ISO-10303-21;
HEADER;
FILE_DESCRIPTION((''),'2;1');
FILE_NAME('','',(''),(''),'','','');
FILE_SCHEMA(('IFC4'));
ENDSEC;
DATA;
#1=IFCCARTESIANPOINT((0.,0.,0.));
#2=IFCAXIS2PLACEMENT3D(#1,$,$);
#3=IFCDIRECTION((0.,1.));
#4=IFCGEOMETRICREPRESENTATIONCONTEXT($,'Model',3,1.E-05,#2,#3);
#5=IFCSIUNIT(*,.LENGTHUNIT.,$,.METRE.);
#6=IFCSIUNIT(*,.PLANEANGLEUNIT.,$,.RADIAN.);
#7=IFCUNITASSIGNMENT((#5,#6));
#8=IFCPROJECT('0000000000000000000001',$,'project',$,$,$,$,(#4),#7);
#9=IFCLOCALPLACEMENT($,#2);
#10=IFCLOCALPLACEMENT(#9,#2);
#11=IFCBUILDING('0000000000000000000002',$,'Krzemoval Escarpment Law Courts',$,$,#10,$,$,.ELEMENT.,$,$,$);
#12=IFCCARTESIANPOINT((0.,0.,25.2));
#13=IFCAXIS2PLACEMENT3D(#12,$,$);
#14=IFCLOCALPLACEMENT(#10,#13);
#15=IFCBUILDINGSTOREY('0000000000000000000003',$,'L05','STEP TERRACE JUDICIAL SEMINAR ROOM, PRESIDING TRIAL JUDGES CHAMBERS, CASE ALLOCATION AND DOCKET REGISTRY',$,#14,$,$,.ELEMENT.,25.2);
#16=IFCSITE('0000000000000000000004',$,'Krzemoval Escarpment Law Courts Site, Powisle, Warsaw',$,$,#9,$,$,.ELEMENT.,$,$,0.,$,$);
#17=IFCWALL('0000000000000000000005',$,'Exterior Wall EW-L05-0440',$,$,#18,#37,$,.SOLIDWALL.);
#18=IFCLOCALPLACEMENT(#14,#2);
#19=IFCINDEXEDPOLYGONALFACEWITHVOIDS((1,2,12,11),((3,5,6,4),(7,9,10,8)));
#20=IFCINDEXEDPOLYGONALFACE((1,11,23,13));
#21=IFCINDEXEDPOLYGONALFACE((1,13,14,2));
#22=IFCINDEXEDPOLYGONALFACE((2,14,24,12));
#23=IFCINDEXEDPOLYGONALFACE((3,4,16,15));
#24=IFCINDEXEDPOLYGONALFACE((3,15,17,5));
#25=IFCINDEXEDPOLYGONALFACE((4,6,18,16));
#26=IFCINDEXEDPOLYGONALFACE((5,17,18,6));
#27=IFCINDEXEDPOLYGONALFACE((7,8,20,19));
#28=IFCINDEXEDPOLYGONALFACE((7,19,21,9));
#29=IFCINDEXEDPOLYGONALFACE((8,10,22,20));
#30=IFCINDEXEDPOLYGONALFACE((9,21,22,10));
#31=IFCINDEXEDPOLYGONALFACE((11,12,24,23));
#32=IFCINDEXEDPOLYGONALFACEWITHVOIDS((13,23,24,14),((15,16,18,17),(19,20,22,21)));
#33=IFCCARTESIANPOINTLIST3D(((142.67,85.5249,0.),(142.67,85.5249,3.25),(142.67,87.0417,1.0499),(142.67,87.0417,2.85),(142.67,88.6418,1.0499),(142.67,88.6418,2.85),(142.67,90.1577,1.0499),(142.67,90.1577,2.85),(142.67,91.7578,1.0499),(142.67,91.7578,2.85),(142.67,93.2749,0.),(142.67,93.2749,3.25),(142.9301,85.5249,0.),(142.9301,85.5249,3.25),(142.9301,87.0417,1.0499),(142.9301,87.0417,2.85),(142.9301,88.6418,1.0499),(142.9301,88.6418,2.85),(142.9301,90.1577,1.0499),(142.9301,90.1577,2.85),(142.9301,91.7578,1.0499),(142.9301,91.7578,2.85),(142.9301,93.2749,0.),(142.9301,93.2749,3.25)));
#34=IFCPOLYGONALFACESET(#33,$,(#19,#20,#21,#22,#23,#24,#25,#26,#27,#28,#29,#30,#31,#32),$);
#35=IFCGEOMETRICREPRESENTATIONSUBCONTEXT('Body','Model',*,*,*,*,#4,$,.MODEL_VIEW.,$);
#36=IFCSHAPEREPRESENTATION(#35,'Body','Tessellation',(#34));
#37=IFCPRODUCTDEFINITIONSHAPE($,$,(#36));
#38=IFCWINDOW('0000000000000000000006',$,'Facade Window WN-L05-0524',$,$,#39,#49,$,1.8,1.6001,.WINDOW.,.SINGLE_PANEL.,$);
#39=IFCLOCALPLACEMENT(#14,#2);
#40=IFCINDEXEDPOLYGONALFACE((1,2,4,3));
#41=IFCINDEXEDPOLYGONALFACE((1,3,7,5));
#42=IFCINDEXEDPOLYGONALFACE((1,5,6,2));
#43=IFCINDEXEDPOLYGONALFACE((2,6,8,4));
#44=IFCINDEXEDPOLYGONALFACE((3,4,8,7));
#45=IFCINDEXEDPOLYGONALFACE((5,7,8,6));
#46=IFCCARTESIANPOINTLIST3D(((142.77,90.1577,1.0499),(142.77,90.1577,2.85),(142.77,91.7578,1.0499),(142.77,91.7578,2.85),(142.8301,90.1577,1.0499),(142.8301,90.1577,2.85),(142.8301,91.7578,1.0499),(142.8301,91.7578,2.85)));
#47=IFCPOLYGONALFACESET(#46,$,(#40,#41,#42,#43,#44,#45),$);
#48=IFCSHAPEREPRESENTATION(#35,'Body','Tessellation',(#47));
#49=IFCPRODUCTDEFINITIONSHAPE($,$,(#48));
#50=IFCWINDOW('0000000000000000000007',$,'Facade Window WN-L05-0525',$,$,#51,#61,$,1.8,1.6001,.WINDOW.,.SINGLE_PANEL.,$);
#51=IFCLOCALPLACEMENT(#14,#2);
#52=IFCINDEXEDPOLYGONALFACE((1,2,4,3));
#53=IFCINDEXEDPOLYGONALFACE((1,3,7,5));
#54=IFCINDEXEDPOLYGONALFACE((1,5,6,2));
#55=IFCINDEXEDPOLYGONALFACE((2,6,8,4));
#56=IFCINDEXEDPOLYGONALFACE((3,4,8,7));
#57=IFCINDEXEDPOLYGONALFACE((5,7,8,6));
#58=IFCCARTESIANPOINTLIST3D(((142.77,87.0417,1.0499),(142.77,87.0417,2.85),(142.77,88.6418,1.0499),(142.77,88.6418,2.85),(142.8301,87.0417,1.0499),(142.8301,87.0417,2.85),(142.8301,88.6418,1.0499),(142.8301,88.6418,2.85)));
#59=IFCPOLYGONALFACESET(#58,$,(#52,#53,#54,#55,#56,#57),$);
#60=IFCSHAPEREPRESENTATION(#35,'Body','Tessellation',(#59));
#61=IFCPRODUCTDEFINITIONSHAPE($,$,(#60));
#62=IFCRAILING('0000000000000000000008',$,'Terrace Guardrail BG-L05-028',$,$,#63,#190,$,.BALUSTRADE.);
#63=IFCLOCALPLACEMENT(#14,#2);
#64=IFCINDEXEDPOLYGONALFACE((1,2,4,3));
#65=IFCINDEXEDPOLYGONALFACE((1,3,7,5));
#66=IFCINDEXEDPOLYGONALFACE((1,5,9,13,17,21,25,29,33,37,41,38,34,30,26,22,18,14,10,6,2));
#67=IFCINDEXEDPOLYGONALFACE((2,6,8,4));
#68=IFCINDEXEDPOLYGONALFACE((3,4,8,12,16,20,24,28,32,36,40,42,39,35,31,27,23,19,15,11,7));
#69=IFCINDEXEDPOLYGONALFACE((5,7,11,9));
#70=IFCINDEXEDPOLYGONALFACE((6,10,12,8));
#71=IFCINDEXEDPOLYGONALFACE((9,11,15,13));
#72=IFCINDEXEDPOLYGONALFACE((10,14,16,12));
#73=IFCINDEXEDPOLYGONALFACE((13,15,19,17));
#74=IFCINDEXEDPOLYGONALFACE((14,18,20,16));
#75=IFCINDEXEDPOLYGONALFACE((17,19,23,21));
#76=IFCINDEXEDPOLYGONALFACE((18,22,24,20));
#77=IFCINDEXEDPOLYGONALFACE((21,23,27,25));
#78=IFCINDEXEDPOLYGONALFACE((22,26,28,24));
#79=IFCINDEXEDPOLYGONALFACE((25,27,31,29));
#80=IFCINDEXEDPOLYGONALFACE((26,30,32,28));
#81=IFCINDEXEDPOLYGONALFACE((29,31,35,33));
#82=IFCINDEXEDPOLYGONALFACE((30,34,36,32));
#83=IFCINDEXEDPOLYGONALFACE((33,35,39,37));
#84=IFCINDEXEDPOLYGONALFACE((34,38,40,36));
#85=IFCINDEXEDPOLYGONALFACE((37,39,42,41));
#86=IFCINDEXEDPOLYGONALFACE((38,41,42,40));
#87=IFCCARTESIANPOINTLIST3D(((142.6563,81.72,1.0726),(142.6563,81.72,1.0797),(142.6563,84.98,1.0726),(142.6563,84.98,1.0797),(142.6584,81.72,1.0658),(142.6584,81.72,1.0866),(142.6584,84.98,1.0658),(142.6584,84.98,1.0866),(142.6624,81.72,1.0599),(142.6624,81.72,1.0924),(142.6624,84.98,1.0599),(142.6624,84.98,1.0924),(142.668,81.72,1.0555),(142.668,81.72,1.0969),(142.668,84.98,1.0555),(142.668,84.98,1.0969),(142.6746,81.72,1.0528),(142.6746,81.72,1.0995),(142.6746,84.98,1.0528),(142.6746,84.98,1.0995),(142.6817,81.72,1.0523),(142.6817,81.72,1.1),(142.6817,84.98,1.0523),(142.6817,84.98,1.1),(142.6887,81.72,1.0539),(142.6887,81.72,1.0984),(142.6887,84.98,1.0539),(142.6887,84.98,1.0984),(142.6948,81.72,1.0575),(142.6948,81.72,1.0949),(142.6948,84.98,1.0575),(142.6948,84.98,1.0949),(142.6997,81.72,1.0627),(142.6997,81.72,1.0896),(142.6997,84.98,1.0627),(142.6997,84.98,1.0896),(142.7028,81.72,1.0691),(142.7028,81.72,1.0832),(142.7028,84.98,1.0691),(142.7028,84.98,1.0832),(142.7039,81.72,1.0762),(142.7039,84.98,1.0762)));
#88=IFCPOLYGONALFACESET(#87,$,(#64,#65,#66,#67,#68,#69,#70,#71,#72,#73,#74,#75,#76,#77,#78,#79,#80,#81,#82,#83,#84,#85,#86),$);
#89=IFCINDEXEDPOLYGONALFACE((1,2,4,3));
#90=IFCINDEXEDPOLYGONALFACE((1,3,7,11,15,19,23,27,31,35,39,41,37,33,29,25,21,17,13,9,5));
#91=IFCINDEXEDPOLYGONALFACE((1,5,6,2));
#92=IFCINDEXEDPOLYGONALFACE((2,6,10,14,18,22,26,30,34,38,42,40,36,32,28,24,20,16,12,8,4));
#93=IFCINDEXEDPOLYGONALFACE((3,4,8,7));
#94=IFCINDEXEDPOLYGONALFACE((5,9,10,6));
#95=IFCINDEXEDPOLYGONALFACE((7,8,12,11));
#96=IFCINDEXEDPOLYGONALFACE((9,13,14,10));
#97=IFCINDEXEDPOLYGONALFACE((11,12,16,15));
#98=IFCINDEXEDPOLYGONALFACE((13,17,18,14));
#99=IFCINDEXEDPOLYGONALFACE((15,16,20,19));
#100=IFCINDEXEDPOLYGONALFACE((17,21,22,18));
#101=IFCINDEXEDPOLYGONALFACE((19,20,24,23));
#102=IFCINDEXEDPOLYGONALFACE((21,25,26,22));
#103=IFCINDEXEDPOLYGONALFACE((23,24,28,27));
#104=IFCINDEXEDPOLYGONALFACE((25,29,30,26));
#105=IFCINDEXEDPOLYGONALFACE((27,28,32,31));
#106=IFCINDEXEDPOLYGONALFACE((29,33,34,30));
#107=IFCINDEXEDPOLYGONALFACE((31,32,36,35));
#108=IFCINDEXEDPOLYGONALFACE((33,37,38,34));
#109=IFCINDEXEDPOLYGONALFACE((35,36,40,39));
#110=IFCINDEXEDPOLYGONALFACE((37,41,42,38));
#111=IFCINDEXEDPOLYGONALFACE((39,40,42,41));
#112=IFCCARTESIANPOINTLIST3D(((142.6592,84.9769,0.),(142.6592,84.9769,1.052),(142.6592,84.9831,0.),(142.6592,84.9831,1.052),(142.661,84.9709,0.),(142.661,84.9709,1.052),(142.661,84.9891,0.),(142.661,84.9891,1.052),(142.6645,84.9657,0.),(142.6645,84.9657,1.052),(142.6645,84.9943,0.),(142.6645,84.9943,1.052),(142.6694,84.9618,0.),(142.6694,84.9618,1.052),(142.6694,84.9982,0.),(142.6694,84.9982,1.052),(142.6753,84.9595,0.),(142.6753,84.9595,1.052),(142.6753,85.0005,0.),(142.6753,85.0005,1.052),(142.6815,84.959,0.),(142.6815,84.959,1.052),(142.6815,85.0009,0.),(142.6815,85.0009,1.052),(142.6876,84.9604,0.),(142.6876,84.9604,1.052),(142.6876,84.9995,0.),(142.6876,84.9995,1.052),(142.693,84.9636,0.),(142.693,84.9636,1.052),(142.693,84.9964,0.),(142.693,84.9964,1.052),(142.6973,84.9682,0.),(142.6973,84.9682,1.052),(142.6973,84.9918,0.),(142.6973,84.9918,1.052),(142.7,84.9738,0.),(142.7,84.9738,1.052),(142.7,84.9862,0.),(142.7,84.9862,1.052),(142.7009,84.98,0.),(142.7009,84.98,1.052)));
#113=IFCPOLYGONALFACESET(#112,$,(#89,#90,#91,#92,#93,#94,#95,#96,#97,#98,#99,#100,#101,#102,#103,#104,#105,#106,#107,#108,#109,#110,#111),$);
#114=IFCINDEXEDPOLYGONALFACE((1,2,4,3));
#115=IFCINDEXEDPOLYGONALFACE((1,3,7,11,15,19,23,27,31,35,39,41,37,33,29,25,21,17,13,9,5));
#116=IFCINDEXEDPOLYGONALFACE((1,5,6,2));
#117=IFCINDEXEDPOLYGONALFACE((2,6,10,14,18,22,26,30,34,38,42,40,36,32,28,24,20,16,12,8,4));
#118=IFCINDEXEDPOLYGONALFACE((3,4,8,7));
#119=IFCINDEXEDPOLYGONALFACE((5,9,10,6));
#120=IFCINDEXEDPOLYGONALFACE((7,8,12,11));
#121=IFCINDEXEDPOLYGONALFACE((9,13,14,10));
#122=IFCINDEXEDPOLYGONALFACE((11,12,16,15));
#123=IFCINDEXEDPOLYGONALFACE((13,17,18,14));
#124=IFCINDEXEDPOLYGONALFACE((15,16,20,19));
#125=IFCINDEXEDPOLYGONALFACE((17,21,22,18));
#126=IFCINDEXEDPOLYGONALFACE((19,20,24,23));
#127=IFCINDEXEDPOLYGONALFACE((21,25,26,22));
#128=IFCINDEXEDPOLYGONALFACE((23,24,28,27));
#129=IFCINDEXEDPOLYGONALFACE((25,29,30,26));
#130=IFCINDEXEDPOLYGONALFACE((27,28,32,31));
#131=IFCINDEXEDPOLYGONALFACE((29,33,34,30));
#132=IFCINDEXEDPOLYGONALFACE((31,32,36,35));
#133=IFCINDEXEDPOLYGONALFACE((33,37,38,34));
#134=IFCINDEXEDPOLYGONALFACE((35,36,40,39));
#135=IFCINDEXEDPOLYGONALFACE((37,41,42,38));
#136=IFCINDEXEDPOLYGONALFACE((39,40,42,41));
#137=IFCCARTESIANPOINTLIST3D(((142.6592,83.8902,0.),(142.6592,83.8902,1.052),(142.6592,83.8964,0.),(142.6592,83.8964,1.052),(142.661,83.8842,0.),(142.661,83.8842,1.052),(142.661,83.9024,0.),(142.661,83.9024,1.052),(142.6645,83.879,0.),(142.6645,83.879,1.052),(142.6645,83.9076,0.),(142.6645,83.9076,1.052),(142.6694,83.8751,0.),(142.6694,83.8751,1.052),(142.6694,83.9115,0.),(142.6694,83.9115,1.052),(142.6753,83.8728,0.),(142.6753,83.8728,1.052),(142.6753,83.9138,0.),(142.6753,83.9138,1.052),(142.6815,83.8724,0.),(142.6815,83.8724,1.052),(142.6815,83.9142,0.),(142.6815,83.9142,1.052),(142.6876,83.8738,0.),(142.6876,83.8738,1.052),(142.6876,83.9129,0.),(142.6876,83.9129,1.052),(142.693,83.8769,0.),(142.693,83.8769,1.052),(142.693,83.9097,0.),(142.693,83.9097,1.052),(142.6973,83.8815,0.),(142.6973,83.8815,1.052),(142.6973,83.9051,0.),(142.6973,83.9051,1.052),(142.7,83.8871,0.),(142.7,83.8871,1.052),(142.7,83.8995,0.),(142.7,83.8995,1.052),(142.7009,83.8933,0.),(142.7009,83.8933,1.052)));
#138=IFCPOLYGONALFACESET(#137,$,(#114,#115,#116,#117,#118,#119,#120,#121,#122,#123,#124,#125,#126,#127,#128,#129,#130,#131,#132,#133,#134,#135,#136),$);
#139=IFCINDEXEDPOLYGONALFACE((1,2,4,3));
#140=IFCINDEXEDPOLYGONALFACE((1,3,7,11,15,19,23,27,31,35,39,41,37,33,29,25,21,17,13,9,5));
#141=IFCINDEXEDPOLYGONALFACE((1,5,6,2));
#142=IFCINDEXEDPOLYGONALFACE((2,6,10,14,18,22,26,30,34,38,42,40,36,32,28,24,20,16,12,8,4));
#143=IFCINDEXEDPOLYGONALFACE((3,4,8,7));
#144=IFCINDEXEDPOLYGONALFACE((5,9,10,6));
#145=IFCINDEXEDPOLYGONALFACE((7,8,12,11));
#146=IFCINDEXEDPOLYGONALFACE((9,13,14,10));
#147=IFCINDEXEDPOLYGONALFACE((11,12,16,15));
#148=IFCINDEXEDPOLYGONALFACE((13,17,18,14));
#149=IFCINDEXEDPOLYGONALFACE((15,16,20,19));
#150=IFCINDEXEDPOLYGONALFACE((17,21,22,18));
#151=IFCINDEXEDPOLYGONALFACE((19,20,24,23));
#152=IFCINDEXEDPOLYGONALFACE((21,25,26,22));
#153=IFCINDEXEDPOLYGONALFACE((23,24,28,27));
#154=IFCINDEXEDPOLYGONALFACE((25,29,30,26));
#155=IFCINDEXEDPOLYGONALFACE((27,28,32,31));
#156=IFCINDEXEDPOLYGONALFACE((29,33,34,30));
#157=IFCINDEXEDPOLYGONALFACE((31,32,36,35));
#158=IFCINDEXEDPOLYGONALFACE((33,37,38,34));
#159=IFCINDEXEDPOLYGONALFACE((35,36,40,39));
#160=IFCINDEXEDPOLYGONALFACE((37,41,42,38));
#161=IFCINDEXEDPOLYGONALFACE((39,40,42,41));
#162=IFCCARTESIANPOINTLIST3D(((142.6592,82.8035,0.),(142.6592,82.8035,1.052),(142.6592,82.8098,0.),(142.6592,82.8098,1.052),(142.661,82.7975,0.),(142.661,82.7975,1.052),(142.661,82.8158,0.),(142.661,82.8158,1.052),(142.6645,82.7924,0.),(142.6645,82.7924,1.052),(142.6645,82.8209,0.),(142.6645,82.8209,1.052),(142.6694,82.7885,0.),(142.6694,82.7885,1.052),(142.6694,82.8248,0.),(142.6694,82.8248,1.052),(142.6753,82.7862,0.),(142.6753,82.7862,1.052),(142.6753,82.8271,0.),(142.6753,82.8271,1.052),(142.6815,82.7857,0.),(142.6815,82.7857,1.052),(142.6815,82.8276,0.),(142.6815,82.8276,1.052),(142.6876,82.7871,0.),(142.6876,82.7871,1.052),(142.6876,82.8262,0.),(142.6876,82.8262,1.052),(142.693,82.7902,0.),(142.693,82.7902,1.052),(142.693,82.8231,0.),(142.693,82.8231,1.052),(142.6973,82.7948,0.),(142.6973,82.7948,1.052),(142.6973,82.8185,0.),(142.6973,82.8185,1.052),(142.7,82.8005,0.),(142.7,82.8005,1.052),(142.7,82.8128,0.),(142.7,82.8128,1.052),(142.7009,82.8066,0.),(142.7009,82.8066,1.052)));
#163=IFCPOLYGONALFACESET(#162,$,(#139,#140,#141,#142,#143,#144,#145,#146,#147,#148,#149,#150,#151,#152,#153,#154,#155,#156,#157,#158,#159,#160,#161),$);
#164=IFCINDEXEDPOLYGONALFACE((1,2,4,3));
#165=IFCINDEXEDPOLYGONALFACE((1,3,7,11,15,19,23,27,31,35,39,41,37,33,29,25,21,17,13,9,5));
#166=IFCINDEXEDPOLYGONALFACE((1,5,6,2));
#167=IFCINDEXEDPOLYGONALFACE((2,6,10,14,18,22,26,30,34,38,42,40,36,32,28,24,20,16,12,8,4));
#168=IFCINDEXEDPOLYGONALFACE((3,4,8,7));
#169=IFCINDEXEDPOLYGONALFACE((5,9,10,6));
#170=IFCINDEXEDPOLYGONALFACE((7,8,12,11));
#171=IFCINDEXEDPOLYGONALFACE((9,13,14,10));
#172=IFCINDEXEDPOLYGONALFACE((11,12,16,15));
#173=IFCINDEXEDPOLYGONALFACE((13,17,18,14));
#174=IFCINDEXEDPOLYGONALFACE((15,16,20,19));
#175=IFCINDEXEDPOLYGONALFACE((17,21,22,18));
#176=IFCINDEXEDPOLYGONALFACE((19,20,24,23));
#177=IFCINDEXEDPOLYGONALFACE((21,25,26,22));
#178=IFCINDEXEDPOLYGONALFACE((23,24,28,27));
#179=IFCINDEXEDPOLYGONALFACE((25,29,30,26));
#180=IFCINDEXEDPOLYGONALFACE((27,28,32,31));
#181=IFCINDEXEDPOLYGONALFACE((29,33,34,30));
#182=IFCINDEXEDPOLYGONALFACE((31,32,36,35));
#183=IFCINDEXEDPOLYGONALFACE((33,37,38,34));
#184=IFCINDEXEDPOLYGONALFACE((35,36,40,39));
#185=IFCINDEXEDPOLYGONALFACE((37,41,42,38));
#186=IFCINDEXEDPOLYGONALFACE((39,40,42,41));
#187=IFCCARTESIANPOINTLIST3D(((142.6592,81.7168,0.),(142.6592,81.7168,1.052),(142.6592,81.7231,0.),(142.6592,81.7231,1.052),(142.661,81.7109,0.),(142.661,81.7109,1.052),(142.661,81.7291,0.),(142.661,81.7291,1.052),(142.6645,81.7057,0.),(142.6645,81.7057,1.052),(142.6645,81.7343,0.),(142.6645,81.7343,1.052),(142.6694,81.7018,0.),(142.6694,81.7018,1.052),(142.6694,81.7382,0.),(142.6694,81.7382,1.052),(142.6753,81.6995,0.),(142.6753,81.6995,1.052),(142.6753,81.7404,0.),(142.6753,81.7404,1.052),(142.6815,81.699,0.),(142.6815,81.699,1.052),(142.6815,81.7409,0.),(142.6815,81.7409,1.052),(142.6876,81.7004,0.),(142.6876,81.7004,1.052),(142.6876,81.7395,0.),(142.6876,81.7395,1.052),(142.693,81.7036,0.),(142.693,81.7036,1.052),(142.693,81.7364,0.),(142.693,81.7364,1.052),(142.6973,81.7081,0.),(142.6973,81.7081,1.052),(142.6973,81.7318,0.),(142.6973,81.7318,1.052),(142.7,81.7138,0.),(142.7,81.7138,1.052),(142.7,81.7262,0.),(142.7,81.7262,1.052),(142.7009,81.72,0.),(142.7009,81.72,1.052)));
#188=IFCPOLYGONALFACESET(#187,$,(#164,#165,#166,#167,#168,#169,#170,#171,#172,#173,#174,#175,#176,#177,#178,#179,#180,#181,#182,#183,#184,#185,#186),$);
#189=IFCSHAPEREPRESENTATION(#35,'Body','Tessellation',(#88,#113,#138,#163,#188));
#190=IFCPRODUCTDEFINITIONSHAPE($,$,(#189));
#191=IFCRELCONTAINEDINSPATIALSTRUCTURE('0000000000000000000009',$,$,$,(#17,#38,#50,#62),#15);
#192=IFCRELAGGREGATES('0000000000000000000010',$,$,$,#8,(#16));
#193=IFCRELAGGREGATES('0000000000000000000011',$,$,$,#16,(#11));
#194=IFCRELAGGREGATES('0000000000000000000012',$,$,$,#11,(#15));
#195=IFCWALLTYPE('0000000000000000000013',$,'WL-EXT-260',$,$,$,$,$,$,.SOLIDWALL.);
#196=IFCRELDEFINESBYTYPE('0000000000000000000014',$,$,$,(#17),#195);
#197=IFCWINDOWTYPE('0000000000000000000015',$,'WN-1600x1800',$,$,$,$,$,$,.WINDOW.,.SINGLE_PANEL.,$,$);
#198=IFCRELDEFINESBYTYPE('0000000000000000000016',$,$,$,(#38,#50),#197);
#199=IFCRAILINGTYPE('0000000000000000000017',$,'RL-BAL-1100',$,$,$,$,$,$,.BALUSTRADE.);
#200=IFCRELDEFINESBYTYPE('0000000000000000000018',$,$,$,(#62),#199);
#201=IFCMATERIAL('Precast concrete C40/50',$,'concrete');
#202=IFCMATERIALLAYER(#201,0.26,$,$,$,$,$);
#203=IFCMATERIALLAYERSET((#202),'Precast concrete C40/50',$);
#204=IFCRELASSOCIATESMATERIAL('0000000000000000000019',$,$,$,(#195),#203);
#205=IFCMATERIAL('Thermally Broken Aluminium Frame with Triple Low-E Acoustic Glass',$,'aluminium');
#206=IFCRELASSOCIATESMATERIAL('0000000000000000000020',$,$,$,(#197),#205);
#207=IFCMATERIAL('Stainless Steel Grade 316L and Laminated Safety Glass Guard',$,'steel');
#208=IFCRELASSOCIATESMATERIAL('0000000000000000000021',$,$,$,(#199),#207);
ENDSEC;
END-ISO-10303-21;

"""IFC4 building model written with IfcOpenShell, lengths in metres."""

from ifc_helpers import new_model, si_unit, direction, frame, frame_2d, origin, origin_2d, place, context, subcontext, project, spatial, rectangle, circle, extrude, material, layer, layer_set, type_object, element, fill, save


model = new_model("IFC4")

# Units and contexts
model_context = context("Model", 3, precision=1e-05, world=origin(), true_north=direction((0.0, 1.0)))
body_context = subcontext(model_context, "Body", "Model", "MODEL_VIEW")
ifc_project = project(units=[si_unit("LENGTHUNIT", "METRE"), si_unit("PLANEANGLEUNIT", "RADIAN")], contexts=[model_context])

# Site, building, storey
site_placement = place(None, origin())
site = spatial("IfcSite", under=ifc_project, at=site_placement, Name="Krzemoval Escarpment Law Courts Site, Powisle, Warsaw", CompositionType="ELEMENT", RefElevation=0.0)
building_placement = place(site_placement, origin())
building = spatial("IfcBuilding", under=site, at=building_placement, Name="Krzemoval Escarpment Law Courts", CompositionType="ELEMENT")
storey_placement = place(building_placement, frame((0.0, 0.0, 25.2)))
storey = spatial("IfcBuildingStorey", under=building, at=storey_placement, Name="L05", Description="STEP TERRACE JUDICIAL SEMINAR ROOM, PRESIDING TRIAL JUDGES CHAMBERS, CASE ALLOCATION AND DOCKET REGISTRY", CompositionType="ELEMENT", Elevation=25.2)

# Shared definitions
ifc_material_1 = material(Name="Precast concrete C40/50", Category="concrete")
ifc_layer_1 = layer(ifc_material_1, 0.26)
ifc_layer_set_1 = layer_set([ifc_layer_1], Name="Precast concrete C40/50")
wall_type = type_object("IfcWallType", Name="WL-EXT-260", PredefinedType="SOLIDWALL", material=ifc_layer_set_1)

# Wall, openings, windows
wall_1_placement = place(storey_placement, frame((142.8, 93.2749, 0.0), z_axis=(0.0, 0.0, 1.0), x_axis=(0.0, -1.0, 0.0)))
wall_1 = element("IfcWall", 1, at=wall_1_placement, inside=storey, type_object=wall_type, Name="Exterior Wall EW-L05-0440", PredefinedType="SOLIDWALL", context=body_context, shape_type="SweptSolid", body=[
    extrude(rectangle(XDim=7.75, YDim=0.26, at=frame_2d((3.875, 0.0))), origin(), (0.0, 0.0, 1.0), 3.25),
])
opening_1_placement = place(wall_1_placement, frame((1.5171, 0.0, 1.05)))
opening_1 = element("IfcOpeningElement", 2, at=opening_1_placement, cuts=wall_1, PredefinedType="OPENING", context=body_context, shape_type="SweptSolid", body=[
    extrude(rectangle(XDim=1.6001, YDim=1.8, at=frame_2d((0.8, 0.8999))), frame((0.0, 0.145, 0.0), z_axis=(0.0, -1.0, 0.0), x_axis=(1.0, 0.0, 0.0)), (0.0, 0.0, 1.0), 0.29),
])
opening_2_placement = place(wall_1_placement, frame((4.6331, 0.0, 1.05)))
opening_2 = element("IfcOpeningElement", 3, at=opening_2_placement, cuts=wall_1, PredefinedType="OPENING", context=body_context, shape_type="SweptSolid", body=[
    extrude(rectangle(XDim=1.6001, YDim=1.8, at=frame_2d((0.8, 0.8999))), frame((0.0, 0.145, 0.0), z_axis=(0.0, -1.0, 0.0), x_axis=(1.0, 0.0, 0.0)), (0.0, 0.0, 1.0), 0.29),
])
ifc_material_2 = material(Name="Thermally Broken Aluminium Frame with Triple Low-E Acoustic Glass", Category="aluminium")
window_type = type_object("IfcWindowType", Name="WN-1600x1800", PartitioningType="SINGLE_PANEL", PredefinedType="WINDOW", material=ifc_material_2)
window_1_placement = place(opening_1_placement, origin())
window_1 = element("IfcWindow", 4, at=window_1_placement, inside=storey, type_object=window_type, Name="Facade Window WN-L05-0524", OverallHeight=1.8, OverallWidth=1.6001, PartitioningType="SINGLE_PANEL", PredefinedType="WINDOW", context=body_context, shape_type="SweptSolid", body=[
    extrude(rectangle(XDim=1.6001, YDim=1.8, at=frame_2d((0.8, 0.8999))), frame((0.0, 0.03, 0.0), z_axis=(0.0, -1.0, 0.0), x_axis=(1.0, 0.0, 0.0)), (0.0, 0.0, 1.0), 0.0601),
])
fill(opening_1, window_1)
window_2_placement = place(opening_2_placement, origin())
window_2 = element("IfcWindow", 5, at=window_2_placement, inside=storey, type_object=window_type, Name="Facade Window WN-L05-0525", OverallHeight=1.8, OverallWidth=1.6001, PartitioningType="SINGLE_PANEL", PredefinedType="WINDOW", context=body_context, shape_type="SweptSolid", body=[
    extrude(rectangle(XDim=1.6001, YDim=1.8, at=frame_2d((0.8, 0.8999))), frame((0.0, 0.03, 0.0), z_axis=(0.0, -1.0, 0.0), x_axis=(1.0, 0.0, 0.0)), (0.0, 0.0, 1.0), 0.0601),
])
fill(opening_2, window_2)

# Railing
ifc_material_3 = material(Name="Stainless Steel Grade 316L and Laminated Safety Glass Guard", Category="steel")
railing_type = type_object("IfcRailingType", Name="RL-BAL-1100", PredefinedType="BALUSTRADE", material=ifc_material_3)
railing_1_placement = place(storey_placement, frame((142.6799, 84.98, 0.0)))
element("IfcRailing", 6, at=railing_1_placement, inside=storey, type_object=railing_type, Name="Terrace Guardrail BG-L05-028", PredefinedType="BALUSTRADE", context=body_context, shape_type="SweptSolid", body=[
    extrude(circle(Radius=0.0239, at=origin_2d()), frame((0.0, 0.0, 1.0762), z_axis=(0.0, -1.0, 0.0), x_axis=(1.0, 0.0, 0.0)), (0.0, 0.0, 1.0), 3.26),
    extrude(circle(Radius=0.021, at=origin_2d()), origin(), (0.0, 0.0, 1.0), 1.052),
    extrude(circle(Radius=0.021, at=origin_2d()), frame((0.0, -1.0867, 0.0)), (0.0, 0.0, 1.0), 1.052),
    extrude(circle(Radius=0.021, at=origin_2d()), frame((0.0, -2.1733, 0.0)), (0.0, 0.0, 1.0), 1.052),
    extrude(circle(Radius=0.021, at=origin_2d()), frame((0.0, -3.26, 0.0)), (0.0, 0.0, 1.0), 1.052),
])

save(model, "model.ifc")
